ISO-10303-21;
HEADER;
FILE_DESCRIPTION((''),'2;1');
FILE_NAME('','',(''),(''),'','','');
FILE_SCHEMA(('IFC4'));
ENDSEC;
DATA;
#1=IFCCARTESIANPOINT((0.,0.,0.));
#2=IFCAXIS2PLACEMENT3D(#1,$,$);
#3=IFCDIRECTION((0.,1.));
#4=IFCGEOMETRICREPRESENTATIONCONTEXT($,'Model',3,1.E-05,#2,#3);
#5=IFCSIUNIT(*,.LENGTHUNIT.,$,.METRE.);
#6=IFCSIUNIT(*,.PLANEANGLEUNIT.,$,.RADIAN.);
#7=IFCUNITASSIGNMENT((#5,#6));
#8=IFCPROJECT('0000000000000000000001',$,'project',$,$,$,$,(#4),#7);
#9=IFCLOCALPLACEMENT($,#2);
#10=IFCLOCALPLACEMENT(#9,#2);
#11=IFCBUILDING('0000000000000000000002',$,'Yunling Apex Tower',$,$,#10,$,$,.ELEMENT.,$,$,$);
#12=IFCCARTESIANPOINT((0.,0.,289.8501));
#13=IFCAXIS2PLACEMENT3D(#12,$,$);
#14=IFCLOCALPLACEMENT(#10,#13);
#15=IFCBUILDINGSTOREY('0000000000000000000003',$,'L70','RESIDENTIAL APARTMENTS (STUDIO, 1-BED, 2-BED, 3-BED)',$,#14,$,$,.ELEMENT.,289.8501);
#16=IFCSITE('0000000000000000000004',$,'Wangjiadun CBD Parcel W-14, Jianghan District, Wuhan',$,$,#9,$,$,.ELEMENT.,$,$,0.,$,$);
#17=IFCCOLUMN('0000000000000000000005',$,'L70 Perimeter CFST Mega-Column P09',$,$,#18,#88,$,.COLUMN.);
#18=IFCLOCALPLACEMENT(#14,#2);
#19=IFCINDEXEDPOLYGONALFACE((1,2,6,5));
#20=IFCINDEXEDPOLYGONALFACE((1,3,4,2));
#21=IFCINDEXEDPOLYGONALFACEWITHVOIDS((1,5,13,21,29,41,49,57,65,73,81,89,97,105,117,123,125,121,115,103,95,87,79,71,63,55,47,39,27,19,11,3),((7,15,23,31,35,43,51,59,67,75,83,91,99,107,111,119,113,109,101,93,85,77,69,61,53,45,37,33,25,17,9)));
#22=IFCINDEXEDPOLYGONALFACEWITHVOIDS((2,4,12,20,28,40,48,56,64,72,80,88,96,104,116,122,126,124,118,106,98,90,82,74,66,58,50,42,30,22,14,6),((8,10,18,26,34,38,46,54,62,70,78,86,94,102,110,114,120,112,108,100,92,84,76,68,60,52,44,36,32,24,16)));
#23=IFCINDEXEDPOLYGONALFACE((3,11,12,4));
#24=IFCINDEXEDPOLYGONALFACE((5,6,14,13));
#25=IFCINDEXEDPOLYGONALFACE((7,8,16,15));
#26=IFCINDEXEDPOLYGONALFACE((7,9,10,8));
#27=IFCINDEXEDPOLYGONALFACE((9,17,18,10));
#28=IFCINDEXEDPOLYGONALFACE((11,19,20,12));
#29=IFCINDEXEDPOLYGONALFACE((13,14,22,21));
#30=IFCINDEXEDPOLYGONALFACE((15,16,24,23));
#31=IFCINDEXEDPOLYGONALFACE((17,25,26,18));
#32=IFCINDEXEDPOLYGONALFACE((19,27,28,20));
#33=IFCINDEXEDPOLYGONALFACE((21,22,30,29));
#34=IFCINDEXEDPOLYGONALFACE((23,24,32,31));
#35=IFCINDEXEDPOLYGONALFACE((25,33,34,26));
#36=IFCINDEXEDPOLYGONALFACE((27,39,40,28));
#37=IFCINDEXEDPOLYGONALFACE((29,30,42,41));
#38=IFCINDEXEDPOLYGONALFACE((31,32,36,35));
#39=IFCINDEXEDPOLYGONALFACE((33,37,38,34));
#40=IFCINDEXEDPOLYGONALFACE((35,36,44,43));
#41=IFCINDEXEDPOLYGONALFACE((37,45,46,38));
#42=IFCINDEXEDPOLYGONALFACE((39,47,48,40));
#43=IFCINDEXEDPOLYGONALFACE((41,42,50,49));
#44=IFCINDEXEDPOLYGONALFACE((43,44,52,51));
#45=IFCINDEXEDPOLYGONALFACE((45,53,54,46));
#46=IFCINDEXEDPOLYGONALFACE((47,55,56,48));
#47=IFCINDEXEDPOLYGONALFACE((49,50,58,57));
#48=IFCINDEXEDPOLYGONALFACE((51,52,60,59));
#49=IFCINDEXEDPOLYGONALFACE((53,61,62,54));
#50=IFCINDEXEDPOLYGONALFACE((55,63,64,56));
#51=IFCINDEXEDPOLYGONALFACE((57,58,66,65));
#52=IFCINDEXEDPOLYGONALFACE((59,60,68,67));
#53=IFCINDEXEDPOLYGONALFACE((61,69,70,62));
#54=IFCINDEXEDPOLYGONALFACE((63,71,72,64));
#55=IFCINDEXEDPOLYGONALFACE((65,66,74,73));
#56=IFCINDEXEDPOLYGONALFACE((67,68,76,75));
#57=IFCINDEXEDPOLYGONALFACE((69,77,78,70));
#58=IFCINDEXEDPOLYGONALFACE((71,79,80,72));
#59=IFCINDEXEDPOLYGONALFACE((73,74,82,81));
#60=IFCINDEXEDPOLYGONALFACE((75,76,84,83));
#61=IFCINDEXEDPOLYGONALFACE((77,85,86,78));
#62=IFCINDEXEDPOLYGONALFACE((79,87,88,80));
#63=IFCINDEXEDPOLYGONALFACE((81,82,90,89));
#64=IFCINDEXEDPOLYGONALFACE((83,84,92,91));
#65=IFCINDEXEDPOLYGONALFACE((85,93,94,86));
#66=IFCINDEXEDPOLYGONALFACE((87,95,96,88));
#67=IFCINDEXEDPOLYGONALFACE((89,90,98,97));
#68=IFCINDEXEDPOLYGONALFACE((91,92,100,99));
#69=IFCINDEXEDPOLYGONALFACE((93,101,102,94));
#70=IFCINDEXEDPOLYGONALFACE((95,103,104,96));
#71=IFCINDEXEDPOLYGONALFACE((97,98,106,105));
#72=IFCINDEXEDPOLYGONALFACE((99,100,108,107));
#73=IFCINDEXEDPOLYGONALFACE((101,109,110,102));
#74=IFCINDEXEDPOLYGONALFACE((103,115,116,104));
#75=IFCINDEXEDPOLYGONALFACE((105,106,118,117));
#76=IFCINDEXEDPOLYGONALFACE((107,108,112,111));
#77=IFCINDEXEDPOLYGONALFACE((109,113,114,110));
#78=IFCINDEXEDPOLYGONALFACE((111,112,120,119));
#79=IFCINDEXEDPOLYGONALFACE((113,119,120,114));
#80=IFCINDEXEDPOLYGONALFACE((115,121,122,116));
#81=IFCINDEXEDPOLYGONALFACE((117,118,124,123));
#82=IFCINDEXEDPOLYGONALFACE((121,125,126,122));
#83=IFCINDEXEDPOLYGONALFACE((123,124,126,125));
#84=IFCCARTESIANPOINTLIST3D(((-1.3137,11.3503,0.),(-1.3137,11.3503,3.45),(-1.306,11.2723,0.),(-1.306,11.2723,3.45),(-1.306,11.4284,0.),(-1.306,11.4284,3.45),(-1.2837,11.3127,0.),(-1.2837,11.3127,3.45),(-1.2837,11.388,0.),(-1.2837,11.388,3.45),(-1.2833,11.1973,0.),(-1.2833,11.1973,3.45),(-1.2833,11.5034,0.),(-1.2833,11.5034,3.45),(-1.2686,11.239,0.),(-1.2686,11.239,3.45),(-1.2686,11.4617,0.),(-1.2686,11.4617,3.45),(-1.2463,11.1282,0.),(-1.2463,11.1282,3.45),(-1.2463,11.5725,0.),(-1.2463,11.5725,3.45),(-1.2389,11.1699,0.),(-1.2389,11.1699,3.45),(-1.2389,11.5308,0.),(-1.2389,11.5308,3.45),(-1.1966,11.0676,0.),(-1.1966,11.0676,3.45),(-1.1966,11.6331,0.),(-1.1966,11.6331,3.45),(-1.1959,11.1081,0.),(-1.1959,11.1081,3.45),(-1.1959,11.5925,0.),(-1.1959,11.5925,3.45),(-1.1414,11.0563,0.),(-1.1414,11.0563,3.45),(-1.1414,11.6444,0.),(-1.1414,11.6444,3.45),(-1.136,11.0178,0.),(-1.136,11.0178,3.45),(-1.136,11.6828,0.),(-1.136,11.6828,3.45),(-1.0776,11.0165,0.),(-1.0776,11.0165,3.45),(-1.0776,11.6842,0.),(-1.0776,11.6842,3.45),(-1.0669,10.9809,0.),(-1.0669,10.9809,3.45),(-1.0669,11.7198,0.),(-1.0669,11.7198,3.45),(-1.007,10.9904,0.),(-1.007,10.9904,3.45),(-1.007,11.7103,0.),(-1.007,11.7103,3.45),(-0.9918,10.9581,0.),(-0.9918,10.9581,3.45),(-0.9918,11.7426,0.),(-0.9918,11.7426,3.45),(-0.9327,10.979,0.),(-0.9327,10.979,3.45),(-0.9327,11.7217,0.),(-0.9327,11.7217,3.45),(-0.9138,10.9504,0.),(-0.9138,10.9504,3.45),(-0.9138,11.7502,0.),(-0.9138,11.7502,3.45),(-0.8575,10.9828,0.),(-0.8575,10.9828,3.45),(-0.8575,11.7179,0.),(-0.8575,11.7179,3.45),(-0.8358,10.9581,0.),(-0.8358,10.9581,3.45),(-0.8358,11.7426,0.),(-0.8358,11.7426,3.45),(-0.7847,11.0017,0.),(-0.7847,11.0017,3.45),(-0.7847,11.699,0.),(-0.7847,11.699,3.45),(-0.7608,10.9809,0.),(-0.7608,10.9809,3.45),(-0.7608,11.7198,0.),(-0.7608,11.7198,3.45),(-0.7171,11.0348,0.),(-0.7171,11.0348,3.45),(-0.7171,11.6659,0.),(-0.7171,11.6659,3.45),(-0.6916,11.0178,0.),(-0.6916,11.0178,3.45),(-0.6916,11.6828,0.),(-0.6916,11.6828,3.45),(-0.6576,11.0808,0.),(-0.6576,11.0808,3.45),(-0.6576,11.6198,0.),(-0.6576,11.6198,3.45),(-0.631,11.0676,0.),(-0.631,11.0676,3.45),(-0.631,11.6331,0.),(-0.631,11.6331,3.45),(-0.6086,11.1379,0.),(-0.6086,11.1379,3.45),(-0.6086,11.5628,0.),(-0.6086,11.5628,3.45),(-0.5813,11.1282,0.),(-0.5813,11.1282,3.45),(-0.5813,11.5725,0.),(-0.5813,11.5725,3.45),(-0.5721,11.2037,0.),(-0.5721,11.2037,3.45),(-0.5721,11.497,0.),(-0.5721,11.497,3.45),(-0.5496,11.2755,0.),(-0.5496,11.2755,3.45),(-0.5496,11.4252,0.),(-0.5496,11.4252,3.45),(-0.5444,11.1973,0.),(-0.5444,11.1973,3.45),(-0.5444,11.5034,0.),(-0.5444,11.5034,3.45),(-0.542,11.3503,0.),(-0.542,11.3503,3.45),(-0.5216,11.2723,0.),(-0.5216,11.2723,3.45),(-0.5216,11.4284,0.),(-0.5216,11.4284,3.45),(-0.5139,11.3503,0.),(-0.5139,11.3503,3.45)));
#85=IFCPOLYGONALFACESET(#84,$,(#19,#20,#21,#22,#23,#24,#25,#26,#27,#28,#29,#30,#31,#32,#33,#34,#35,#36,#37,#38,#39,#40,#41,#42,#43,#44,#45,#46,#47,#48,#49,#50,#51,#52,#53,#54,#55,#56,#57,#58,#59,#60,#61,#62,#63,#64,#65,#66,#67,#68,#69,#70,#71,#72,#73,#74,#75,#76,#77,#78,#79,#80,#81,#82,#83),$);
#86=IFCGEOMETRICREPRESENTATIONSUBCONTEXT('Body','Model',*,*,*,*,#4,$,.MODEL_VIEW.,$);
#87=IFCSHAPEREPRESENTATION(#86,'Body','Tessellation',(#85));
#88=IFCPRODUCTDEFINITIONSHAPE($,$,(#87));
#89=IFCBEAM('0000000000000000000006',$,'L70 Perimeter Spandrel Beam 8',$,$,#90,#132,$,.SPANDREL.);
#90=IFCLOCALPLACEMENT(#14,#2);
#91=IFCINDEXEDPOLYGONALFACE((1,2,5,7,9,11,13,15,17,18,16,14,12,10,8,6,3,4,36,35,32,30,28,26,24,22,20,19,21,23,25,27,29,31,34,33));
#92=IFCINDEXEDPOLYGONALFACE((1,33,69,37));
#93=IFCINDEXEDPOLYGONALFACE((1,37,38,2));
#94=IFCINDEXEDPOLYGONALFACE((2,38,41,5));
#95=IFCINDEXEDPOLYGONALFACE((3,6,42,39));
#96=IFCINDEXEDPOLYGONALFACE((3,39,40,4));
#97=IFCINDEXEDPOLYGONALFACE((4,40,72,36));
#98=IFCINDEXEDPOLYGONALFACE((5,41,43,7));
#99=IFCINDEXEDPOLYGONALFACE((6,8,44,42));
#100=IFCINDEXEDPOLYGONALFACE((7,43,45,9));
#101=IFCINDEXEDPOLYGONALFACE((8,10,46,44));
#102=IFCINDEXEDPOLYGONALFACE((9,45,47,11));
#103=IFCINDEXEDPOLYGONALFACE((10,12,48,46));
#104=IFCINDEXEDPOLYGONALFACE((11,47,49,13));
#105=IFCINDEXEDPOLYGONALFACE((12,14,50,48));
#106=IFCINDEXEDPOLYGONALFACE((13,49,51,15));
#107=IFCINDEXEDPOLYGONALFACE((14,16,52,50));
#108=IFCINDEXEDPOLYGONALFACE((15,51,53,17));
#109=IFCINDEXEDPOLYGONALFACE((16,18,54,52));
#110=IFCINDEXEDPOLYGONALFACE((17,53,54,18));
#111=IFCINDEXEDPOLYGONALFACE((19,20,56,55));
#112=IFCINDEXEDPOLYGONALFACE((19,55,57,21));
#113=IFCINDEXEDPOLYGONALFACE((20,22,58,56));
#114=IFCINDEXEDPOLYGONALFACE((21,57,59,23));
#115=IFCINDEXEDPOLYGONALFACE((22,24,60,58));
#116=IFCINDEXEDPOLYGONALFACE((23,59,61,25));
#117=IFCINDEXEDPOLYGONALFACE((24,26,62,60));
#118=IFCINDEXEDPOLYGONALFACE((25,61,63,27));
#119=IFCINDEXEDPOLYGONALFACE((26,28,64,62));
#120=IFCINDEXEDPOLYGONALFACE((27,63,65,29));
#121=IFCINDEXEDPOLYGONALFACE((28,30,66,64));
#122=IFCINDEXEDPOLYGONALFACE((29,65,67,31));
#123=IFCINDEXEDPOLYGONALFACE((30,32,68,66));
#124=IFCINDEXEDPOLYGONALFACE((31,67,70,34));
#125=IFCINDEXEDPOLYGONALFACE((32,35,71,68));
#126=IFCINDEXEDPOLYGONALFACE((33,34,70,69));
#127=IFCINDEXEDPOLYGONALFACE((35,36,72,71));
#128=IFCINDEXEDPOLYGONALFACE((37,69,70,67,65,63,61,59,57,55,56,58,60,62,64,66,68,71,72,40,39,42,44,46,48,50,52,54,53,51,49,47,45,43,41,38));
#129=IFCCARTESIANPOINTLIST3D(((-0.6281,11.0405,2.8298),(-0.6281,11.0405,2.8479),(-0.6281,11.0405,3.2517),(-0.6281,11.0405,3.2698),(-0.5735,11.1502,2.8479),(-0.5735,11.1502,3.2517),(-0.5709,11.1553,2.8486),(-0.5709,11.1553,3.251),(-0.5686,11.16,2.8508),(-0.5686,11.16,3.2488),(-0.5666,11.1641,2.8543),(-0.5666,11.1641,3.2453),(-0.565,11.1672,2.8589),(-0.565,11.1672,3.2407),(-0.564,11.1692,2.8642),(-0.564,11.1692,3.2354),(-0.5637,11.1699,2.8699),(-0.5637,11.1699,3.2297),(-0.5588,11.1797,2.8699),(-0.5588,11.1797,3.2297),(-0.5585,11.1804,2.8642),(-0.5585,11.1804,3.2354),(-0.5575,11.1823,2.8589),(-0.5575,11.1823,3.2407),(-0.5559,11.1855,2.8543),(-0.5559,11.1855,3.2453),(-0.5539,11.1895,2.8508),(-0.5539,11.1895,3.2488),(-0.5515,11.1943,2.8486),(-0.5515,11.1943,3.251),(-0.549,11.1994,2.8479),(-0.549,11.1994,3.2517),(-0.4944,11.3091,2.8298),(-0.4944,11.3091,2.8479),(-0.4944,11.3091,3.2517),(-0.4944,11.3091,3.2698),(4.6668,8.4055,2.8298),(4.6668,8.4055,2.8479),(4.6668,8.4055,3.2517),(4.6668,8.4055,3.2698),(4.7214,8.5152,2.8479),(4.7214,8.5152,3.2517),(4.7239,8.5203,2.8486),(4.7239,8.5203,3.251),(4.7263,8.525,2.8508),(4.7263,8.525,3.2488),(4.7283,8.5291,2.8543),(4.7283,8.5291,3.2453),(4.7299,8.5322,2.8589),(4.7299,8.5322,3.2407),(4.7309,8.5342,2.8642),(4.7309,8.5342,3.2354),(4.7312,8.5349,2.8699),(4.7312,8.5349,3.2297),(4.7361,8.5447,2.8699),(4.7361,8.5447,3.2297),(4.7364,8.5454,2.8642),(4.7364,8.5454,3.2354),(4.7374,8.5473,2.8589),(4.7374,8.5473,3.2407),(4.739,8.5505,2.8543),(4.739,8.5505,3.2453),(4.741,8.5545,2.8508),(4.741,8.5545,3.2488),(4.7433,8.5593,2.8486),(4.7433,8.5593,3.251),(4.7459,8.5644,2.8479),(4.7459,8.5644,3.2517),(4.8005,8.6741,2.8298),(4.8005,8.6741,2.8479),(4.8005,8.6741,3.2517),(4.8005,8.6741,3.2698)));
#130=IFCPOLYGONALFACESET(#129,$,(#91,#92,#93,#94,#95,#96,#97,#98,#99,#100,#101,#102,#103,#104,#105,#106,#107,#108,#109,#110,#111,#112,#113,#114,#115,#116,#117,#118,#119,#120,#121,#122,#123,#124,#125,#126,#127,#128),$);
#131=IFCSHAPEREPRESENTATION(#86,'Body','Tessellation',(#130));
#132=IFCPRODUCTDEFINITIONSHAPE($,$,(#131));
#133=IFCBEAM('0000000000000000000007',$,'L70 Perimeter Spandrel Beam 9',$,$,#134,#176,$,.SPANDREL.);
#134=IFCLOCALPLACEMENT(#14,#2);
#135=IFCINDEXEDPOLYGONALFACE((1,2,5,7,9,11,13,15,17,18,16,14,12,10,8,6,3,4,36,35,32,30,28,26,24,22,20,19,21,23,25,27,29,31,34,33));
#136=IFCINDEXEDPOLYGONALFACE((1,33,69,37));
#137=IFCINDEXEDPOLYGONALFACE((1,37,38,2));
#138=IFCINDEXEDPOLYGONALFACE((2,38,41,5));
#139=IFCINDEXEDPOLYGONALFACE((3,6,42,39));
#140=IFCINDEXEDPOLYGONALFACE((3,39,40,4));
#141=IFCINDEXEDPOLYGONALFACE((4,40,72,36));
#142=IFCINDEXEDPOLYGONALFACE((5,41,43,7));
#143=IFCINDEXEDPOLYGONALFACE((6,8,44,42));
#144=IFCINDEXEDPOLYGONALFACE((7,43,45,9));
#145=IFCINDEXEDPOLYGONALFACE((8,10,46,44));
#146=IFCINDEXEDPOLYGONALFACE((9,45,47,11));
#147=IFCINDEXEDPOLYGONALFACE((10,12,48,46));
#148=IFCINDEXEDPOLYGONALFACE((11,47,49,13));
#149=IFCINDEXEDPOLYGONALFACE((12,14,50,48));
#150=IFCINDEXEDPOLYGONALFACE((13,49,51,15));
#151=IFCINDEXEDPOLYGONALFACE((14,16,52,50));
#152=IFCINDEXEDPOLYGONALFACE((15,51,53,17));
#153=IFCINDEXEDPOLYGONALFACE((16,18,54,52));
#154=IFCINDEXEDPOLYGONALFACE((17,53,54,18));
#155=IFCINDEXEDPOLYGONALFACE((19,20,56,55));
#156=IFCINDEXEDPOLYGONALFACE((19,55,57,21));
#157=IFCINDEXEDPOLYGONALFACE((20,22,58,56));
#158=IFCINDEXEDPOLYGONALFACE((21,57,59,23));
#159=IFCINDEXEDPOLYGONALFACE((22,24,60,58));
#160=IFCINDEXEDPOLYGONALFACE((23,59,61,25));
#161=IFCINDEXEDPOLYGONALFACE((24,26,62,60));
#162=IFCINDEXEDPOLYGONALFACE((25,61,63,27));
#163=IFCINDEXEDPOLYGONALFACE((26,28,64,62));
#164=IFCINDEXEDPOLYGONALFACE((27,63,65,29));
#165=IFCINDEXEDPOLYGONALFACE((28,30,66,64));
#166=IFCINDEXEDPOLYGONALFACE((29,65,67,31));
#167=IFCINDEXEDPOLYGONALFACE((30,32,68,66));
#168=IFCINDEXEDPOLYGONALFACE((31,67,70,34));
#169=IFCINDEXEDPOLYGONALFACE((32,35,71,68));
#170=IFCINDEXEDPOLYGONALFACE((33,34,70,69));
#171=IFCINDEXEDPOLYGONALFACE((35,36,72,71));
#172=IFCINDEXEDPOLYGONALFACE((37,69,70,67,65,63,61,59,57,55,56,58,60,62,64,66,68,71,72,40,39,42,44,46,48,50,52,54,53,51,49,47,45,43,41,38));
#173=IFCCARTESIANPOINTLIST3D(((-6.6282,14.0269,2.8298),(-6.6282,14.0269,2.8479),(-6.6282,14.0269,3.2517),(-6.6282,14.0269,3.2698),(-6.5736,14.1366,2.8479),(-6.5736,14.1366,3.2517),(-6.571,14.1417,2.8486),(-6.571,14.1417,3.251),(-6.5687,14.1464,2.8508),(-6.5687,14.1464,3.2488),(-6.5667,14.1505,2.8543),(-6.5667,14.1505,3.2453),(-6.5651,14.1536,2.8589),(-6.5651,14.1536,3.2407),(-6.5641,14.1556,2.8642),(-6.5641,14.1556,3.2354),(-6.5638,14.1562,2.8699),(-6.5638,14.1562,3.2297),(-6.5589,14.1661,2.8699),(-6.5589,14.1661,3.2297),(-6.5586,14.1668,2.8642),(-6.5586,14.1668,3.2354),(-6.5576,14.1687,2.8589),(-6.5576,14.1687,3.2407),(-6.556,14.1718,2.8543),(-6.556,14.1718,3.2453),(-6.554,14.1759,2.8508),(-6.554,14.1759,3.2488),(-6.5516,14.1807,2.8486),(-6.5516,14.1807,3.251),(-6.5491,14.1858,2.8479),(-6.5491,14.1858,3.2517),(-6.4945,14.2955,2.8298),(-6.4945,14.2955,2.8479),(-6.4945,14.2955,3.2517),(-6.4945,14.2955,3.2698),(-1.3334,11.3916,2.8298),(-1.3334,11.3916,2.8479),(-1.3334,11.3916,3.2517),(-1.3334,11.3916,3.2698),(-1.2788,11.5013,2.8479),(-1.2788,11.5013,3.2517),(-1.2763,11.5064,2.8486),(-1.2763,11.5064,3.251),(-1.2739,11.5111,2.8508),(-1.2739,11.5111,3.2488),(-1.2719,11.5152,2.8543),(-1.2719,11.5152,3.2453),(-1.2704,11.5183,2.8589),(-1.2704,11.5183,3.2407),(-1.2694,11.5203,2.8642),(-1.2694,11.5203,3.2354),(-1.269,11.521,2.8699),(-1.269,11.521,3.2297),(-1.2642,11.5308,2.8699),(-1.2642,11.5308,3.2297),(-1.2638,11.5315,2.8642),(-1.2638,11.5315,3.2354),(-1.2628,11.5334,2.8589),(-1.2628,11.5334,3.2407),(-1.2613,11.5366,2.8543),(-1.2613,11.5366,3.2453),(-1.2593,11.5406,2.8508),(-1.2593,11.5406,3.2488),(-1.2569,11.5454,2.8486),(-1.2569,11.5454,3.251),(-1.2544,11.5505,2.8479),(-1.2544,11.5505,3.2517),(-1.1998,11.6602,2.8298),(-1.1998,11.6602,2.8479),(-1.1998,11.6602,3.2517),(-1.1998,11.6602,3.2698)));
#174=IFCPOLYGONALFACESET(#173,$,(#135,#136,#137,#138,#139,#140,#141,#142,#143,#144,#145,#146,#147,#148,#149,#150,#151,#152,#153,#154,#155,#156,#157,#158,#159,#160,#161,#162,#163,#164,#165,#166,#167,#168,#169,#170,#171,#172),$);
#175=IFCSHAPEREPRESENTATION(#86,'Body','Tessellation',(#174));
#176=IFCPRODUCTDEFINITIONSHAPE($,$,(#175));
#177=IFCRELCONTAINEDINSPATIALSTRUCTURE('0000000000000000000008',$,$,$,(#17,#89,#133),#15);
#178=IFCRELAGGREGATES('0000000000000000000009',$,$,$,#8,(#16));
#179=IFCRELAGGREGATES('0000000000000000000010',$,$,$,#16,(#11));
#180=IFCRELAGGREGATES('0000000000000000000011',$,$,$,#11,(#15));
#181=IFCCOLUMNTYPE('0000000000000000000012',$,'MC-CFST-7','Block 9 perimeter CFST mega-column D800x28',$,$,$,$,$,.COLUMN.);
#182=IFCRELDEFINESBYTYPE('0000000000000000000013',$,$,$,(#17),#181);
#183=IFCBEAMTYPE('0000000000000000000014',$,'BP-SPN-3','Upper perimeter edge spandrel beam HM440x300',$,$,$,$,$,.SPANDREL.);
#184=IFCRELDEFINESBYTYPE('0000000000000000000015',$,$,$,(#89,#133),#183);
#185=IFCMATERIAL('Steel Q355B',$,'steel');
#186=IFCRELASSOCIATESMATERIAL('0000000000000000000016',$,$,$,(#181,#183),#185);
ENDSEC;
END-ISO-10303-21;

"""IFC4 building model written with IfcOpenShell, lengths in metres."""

from ifc_helpers import new_model, si_unit, direction, frame, origin, origin_2d, place, context, subcontext, project, spatial, hollow_circle, i_section, extrude, source, transform, mapped, material, material_profile, profile_set, type_object, element, save


model = new_model("IFC4")

# Units and contexts
model_context = context("Model", 3, precision=1e-05, world=origin(), true_north=direction((0.0, 1.0)))
body_context = subcontext(model_context, "Body", "Model", "MODEL_VIEW")
ifc_project = project(units=[si_unit("LENGTHUNIT", "METRE"), si_unit("PLANEANGLEUNIT", "RADIAN")], contexts=[model_context])

# Site, building, storey
site_placement = place(None, origin())
site = spatial("IfcSite", under=ifc_project, at=site_placement, Name="Wangjiadun CBD Parcel W-14, Jianghan District, Wuhan", CompositionType="ELEMENT", RefElevation=0.0)
building_placement = place(site_placement, origin())
building = spatial("IfcBuilding", under=site, at=building_placement, Name="Yunling Apex Tower", CompositionType="ELEMENT")
storey_placement = place(building_placement, frame((0.0, 0.0, 289.8501)))
storey = spatial("IfcBuildingStorey", under=building, at=storey_placement, Name="L70", Description="RESIDENTIAL APARTMENTS (STUDIO, 1-BED, 2-BED, 3-BED)", CompositionType="ELEMENT", Elevation=289.8501)

# Column
ifc_material_1 = material(Name="Steel Q355B", Category="steel")
ifc_material_profile_1 = material_profile(ifc_material_1, hollow_circle(Radius=0.3999, WallThickness=0.0281, at=origin_2d()))
ifc_profile_set_1 = profile_set([ifc_material_profile_1], Name="Steel Q355B")
column_type = type_object("IfcColumnType", Name="MC-CFST-7", Description="Block 9 perimeter CFST mega-column D800x28", PredefinedType="COLUMN", material=ifc_profile_set_1)
shared_shape_1 = source(origin(), body_context, "Body", "SweptSolid", [
    extrude(hollow_circle(Radius=0.3999, WallThickness=0.0281, at=origin_2d()), origin(), (0.0, 0.0, 1.0), 3.45),
])
column_placement = place(storey_placement, frame((-0.9138, 11.3503, 0.0), z_axis=(0.0, 0.0, 1.0), x_axis=(1.0, 0.0, 0.0)))
element("IfcColumn", 1, at=column_placement, inside=storey, type_object=column_type, Name="L70 Perimeter CFST Mega-Column P09", PredefinedType="COLUMN", context=body_context, shape_type="MappedRepresentation", body=[
    mapped(shared_shape_1, transform((0.0, 0.0, 0.0), scale=1.0)),
])

# Beams
ifc_material_profile_2 = material_profile(ifc_material_1, i_section(OverallWidth=0.3, OverallDepth=0.4399, WebThickness=0.011, FlangeThickness=0.0181, FilletRadius=0.022, at=origin_2d()))
ifc_profile_set_2 = profile_set([ifc_material_profile_2], Name="Steel Q355B")
beam_type_1 = type_object("IfcBeamType", Name="BP-SPN-3", Description="Upper perimeter edge spandrel beam HM440x300", PredefinedType="SPANDREL", material=ifc_profile_set_2)
shared_shape_2 = source(origin(), body_context, "Body", "SweptSolid", [
    extrude(i_section(OverallWidth=0.3, OverallDepth=0.4399, WebThickness=0.011, FlangeThickness=0.0181, FilletRadius=0.022, at=origin_2d()), origin(), (0.0, 0.0, 1.0), 5.9143),
])
for number, where, z_axis, x_axis, name in (
    (2, (4.7336, 8.5398, 3.0498), (-0.895268, 0.445529, 0.0), (-0.445529, -0.895268, 0.0), "L70 Perimeter Spandrel Beam 8"),
    (3, (-1.2666, 11.5259, 3.0498), (-0.895243, 0.445578, 0.0), (-0.445578, -0.895243, 0.0), "L70 Perimeter Spandrel Beam 9"),
):
    element("IfcBeam", number, at=place(storey_placement, frame(where, z_axis=z_axis, x_axis=x_axis)), inside=storey, type_object=beam_type_1, Name=name, PredefinedType="SPANDREL", context=body_context, shape_type="MappedRepresentation", body=[
        mapped(shared_shape_2, transform((0.0, 0.0, 0.0), scale=1.0)),
    ])

save(model, "model.ifc")
